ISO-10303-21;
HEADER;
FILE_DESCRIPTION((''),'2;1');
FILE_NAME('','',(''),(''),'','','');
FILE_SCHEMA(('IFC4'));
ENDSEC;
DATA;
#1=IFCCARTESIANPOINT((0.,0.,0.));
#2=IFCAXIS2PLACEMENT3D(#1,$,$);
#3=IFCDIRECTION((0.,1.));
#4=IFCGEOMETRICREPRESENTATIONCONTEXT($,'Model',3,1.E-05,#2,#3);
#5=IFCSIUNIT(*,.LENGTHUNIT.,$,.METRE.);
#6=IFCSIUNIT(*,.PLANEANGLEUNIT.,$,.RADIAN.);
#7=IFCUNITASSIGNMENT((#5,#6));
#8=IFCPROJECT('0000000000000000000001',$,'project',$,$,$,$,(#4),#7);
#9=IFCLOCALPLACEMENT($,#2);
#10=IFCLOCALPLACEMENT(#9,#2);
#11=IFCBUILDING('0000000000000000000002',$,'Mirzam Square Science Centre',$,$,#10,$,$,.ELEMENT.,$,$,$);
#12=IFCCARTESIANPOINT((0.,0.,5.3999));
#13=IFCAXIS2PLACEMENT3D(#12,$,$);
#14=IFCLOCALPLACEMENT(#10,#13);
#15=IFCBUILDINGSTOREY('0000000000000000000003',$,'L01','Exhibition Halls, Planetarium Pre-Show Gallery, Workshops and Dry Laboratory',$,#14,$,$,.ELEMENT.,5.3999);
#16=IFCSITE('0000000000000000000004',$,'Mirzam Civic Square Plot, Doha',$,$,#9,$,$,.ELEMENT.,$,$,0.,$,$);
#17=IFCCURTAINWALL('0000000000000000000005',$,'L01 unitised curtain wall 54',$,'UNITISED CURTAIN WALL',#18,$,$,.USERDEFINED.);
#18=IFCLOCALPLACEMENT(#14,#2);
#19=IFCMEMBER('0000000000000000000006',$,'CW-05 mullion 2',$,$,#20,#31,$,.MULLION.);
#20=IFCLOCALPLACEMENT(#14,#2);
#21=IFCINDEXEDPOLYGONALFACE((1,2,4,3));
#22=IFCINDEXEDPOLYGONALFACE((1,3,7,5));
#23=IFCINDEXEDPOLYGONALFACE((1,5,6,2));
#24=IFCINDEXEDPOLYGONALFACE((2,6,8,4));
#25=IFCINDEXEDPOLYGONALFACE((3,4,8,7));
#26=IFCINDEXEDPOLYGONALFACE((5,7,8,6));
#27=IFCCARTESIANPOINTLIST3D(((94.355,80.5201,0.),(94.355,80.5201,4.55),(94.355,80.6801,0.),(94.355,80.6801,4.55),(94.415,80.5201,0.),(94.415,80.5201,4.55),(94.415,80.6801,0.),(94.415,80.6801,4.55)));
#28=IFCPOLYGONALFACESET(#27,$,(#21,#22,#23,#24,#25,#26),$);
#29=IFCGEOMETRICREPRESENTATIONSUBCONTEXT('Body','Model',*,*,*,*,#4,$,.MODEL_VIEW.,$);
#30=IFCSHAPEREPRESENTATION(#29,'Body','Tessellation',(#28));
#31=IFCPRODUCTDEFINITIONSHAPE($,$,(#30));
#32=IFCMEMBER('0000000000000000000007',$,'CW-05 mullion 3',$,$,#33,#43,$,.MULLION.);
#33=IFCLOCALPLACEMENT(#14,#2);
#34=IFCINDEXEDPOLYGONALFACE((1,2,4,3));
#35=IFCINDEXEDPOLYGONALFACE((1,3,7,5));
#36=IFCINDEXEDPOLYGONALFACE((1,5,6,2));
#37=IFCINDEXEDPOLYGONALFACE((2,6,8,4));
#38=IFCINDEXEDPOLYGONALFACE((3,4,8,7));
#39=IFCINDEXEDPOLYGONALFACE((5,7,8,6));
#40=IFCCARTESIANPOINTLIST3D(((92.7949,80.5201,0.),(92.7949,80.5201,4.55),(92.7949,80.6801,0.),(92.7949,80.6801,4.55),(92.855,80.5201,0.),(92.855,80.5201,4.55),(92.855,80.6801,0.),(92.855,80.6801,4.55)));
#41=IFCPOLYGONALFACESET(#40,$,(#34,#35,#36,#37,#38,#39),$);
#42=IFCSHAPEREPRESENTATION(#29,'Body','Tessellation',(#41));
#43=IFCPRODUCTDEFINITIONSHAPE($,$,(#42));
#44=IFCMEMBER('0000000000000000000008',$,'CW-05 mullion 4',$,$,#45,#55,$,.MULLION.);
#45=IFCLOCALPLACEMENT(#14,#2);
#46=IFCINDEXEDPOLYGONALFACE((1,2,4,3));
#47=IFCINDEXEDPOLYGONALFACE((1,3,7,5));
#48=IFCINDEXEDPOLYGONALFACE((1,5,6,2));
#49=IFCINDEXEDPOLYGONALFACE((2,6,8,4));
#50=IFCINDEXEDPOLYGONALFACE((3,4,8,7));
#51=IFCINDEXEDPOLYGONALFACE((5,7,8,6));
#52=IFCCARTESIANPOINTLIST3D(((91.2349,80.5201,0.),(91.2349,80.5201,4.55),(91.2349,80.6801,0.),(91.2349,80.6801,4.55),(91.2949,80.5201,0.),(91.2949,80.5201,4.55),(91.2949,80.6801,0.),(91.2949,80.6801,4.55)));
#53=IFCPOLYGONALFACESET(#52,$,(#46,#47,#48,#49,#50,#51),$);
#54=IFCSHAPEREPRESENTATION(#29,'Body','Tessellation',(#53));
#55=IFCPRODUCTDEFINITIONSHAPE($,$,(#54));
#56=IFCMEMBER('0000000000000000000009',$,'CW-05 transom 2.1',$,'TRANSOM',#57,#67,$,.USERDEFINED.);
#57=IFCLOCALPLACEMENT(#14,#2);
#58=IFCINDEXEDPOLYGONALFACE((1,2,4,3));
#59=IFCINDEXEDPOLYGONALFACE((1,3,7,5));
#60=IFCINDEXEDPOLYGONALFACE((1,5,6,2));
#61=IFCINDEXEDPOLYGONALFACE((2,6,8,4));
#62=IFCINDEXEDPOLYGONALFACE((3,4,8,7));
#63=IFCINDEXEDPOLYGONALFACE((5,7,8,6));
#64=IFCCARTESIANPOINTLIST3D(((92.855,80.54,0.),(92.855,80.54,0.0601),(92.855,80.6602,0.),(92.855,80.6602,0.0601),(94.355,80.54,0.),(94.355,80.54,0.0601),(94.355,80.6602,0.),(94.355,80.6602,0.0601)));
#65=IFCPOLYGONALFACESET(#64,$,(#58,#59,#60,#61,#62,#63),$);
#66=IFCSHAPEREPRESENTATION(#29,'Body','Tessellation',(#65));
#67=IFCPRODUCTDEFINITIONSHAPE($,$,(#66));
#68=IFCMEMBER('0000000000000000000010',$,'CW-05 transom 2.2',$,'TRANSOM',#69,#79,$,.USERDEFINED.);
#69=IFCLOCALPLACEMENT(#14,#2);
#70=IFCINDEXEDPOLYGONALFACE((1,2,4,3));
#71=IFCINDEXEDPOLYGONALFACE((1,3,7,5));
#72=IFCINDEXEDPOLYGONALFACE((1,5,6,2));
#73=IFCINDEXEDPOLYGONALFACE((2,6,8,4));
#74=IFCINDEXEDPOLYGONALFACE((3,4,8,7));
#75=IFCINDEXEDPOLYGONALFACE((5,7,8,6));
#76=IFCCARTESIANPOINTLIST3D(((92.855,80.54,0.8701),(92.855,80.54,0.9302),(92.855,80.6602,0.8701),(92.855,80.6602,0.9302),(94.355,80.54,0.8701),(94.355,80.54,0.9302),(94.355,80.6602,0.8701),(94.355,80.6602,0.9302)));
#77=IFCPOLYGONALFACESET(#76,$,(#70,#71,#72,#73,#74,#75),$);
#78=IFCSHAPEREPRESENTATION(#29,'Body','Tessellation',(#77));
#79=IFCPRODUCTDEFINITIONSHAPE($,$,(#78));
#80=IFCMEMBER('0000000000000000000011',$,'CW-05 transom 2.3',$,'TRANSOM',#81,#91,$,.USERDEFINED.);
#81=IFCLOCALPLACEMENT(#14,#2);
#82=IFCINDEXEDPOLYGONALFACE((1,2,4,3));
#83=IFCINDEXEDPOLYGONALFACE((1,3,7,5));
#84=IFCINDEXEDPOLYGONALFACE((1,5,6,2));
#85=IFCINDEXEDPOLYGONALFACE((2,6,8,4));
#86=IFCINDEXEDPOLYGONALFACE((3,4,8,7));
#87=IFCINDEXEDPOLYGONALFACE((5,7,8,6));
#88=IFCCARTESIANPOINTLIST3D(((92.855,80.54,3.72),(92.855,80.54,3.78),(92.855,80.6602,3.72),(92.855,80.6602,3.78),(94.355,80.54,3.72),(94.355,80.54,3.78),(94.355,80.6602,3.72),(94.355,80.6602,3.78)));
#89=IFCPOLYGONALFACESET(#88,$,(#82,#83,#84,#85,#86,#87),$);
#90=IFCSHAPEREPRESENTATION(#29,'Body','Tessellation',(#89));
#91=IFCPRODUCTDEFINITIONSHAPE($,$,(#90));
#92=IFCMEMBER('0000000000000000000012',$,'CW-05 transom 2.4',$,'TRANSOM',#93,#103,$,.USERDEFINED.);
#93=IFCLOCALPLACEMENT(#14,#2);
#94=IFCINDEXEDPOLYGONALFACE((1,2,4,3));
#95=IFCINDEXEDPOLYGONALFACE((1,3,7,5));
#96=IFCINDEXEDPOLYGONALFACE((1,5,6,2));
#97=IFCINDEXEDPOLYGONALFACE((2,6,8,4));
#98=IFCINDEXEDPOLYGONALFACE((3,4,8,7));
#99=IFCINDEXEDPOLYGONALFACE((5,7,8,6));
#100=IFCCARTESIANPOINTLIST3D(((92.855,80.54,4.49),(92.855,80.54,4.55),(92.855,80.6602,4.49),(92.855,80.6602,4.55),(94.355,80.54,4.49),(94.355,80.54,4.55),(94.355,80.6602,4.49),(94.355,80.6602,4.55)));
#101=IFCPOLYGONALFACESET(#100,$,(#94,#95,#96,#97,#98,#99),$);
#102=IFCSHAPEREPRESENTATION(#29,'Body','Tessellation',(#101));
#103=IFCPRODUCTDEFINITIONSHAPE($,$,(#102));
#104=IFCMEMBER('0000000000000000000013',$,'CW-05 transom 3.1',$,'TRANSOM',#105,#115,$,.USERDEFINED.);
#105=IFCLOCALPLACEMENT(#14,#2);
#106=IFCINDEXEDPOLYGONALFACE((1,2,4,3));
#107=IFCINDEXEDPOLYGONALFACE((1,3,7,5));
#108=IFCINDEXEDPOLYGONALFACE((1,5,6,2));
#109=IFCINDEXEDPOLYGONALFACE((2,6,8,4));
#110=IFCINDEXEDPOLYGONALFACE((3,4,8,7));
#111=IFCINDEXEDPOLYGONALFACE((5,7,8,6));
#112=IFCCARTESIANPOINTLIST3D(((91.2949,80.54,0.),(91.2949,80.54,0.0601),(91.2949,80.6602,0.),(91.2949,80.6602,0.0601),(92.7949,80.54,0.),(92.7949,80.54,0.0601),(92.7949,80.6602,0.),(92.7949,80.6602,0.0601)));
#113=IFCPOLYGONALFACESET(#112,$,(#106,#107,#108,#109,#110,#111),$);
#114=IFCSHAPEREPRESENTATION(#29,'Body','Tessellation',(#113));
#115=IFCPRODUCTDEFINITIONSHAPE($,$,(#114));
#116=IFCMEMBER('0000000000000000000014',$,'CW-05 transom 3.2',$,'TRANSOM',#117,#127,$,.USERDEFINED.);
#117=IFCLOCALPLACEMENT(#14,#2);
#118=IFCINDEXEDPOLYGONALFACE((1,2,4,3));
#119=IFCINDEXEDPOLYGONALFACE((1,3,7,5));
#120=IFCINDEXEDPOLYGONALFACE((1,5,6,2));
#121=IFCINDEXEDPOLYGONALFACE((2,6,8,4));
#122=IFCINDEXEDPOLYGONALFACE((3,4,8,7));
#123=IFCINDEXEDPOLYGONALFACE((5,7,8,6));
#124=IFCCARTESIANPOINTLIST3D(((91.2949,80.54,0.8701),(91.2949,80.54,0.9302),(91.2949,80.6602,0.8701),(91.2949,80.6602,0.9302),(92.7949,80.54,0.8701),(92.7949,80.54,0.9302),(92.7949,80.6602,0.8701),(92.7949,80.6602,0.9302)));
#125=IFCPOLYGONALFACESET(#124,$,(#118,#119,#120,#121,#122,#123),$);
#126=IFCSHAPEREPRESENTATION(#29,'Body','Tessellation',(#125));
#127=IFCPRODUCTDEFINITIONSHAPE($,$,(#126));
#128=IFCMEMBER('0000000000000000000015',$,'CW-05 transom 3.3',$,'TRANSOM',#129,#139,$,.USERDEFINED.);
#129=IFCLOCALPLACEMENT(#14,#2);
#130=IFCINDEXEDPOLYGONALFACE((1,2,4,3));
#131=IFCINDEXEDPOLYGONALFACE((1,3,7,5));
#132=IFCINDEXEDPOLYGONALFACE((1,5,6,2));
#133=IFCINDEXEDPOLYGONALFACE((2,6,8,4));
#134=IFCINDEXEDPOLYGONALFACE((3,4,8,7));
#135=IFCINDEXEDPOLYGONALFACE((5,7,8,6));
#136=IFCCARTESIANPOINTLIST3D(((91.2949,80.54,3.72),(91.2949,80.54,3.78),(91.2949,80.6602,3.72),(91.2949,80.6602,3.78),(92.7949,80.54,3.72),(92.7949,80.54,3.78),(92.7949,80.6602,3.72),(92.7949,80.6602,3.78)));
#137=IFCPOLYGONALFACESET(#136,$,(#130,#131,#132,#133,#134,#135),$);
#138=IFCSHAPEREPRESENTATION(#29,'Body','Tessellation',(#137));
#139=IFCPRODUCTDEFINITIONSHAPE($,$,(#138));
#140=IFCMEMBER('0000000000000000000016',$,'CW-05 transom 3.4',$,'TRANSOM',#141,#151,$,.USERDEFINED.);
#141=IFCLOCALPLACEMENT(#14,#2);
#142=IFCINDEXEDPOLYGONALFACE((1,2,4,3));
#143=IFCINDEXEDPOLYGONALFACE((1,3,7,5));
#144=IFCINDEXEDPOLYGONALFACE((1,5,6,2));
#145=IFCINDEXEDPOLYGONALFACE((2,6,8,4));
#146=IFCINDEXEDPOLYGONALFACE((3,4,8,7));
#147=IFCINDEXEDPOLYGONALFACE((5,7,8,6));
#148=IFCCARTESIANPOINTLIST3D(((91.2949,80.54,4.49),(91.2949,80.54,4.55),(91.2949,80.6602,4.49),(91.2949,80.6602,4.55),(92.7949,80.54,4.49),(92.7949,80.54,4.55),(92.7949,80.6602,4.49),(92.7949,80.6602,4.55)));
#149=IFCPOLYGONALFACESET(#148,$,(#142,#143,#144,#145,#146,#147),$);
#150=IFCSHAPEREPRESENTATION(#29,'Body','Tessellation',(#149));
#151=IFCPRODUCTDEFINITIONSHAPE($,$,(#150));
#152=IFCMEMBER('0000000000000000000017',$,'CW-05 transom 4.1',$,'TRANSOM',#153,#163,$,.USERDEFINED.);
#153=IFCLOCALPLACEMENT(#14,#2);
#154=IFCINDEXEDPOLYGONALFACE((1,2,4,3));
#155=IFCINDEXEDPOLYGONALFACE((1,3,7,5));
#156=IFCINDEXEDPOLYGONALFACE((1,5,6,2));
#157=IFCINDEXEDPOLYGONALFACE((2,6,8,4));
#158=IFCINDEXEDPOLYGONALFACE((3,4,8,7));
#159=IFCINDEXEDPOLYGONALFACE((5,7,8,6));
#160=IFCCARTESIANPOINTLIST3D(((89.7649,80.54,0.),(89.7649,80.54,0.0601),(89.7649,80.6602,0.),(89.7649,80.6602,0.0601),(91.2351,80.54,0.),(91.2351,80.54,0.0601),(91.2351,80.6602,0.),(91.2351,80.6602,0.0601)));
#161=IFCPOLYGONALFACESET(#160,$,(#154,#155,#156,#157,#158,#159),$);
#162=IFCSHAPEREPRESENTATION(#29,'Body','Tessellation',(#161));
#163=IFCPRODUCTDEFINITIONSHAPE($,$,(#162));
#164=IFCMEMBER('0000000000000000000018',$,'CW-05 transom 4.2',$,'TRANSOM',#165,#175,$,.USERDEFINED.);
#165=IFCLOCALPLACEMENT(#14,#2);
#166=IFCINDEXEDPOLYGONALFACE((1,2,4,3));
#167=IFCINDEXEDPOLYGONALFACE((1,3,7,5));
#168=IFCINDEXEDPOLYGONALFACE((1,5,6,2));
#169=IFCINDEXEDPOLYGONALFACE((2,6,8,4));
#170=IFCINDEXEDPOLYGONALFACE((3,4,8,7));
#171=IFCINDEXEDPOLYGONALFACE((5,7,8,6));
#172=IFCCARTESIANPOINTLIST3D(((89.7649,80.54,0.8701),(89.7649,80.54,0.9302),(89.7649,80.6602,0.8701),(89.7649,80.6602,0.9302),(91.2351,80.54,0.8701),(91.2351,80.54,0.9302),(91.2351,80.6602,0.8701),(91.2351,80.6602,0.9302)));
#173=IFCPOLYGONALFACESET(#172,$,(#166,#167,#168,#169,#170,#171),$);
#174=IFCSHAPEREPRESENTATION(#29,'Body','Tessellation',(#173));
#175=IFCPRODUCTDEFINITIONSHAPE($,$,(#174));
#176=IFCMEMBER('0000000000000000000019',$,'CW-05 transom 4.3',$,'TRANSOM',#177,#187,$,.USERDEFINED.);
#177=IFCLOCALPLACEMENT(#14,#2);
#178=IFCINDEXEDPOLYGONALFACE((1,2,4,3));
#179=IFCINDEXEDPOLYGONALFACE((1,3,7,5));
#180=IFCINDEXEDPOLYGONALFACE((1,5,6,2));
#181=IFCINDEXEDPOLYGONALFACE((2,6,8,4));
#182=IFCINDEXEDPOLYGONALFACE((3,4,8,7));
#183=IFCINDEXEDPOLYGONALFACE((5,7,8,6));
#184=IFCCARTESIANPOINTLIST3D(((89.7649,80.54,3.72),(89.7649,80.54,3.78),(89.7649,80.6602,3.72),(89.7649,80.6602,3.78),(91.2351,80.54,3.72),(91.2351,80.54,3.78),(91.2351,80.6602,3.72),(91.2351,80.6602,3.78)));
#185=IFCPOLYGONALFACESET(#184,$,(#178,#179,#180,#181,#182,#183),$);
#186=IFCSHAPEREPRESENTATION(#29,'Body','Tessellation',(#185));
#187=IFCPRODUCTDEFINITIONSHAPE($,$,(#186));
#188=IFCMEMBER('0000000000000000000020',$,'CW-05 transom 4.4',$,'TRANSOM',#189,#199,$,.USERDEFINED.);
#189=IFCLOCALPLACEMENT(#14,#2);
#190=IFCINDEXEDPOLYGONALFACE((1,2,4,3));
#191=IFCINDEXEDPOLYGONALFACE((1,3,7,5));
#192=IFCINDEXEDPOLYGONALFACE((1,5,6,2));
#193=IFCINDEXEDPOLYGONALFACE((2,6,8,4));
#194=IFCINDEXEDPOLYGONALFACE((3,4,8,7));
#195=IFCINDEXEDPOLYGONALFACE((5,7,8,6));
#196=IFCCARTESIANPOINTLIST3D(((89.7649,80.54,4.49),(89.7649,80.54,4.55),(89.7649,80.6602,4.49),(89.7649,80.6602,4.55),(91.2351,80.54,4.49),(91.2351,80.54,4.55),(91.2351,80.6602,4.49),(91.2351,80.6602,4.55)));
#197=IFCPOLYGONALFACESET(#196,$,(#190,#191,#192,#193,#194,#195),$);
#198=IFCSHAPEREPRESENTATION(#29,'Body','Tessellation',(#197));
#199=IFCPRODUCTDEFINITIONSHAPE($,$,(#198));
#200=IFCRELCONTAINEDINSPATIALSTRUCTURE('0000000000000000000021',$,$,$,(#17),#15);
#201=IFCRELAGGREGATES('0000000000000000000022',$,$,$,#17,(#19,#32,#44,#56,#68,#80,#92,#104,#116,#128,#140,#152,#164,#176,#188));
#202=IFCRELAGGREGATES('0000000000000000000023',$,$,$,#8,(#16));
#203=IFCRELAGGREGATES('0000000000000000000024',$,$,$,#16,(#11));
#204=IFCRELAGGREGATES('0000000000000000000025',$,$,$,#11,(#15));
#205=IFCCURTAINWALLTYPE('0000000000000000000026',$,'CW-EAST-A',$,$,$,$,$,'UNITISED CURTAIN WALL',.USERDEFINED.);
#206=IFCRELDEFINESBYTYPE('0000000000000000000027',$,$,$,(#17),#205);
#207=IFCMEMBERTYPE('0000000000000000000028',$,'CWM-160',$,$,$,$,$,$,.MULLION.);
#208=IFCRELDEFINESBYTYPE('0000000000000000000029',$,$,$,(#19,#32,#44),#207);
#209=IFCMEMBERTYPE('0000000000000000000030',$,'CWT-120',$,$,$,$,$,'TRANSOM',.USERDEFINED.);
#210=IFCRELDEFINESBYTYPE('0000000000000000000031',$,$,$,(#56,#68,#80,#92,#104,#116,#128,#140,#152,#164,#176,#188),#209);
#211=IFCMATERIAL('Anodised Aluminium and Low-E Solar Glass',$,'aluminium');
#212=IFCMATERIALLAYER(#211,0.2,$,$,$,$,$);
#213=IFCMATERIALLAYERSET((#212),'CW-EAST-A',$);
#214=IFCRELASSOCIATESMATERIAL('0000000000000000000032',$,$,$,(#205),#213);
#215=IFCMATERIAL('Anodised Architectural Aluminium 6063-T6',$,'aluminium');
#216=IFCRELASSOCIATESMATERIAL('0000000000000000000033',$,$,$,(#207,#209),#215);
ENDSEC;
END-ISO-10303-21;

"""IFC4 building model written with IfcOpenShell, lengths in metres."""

from ifc_helpers import new_model, si_unit, direction, frame, origin, origin_2d, place, context, subcontext, project, spatial, rectangle, extrude, material, layer, layer_set, material_profile, profile_set, type_object, element, aggregate, save


model = new_model("IFC4")

# Units and contexts
model_context = context("Model", 3, precision=1e-05, world=origin(), true_north=direction((0.0, 1.0)))
body_context = subcontext(model_context, "Body", "Model", "MODEL_VIEW")
ifc_project = project(units=[si_unit("LENGTHUNIT", "METRE"), si_unit("PLANEANGLEUNIT", "RADIAN")], contexts=[model_context])

# Site, building, storey
site_placement = place(None, origin())
site = spatial("IfcSite", under=ifc_project, at=site_placement, Name="Mirzam Civic Square Plot, Doha", CompositionType="ELEMENT", RefElevation=0.0)
building_placement = place(site_placement, origin())
building = spatial("IfcBuilding", under=site, at=building_placement, Name="Mirzam Square Science Centre", CompositionType="ELEMENT")
storey_placement = place(building_placement, frame((0.0, 0.0, 5.3999)))
storey = spatial("IfcBuildingStorey", under=building, at=storey_placement, Name="L01", Description="Exhibition Halls, Planetarium Pre-Show Gallery, Workshops and Dry Laboratory", CompositionType="ELEMENT", Elevation=5.3999)

# Curtain wall, members
ifc_material_1 = material(Name="Anodised Aluminium and Low-E Solar Glass", Category="aluminium")
ifc_layer_1 = layer(ifc_material_1, 0.2)
ifc_layer_set_1 = layer_set([ifc_layer_1], Name="CW-EAST-A")
curtain_wall_type = type_object("IfcCurtainWallType", Name="CW-EAST-A", ElementType="UNITISED CURTAIN WALL", PredefinedType="USERDEFINED", material=ifc_layer_set_1)
curtain_wall_placement = place(storey_placement, origin())
curtain_wall = element("IfcCurtainWall", 1, at=curtain_wall_placement, inside=storey, type_object=curtain_wall_type, Name="L01 unitised curtain wall 54", ObjectType="UNITISED CURTAIN WALL", PredefinedType="USERDEFINED")
ifc_material_2 = material(Name="Anodised Architectural Aluminium 6063-T6", Category="aluminium")
ifc_material_profile_1 = material_profile(ifc_material_2, rectangle(XDim=0.0601, YDim=0.1599, at=origin_2d()), Name="ALU-MULL-160x60x4")
ifc_profile_set_1 = profile_set([ifc_material_profile_1], Name="Anodised Architectural Aluminium 6063-T6")
member_type_1 = type_object("IfcMemberType", Name="CWM-160", PredefinedType="MULLION", material=ifc_profile_set_1)
member_1_placement = place(storey_placement, frame((94.385, 80.6001, 0.0), z_axis=(0.0, 0.0, 1.0), x_axis=(-1.0, 0.0, 0.0)))
member_1 = element("IfcMember", 2, at=member_1_placement, type_object=member_type_1, Name="CW-05 mullion 2", PredefinedType="MULLION", context=body_context, shape_type="SweptSolid", body=[
    extrude(rectangle(XDim=0.0601, YDim=0.1599, at=origin_2d()), origin(), (0.0, 0.0, 1.0), 4.55),
])
member_2_placement = place(storey_placement, frame((92.825, 80.6001, 0.0), z_axis=(0.0, 0.0, 1.0), x_axis=(-1.0, 0.0, 0.0)))
member_2 = element("IfcMember", 3, at=member_2_placement, type_object=member_type_1, Name="CW-05 mullion 3", PredefinedType="MULLION", context=body_context, shape_type="SweptSolid", body=[
    extrude(rectangle(XDim=0.0601, YDim=0.1599, at=origin_2d()), origin(), (0.0, 0.0, 1.0), 4.55),
])
member_3_placement = place(storey_placement, frame((91.2649, 80.6001, 0.0), z_axis=(0.0, 0.0, 1.0), x_axis=(-1.0, 0.0, 0.0)))
member_3 = element("IfcMember", 4, at=member_3_placement, type_object=member_type_1, Name="CW-05 mullion 4", PredefinedType="MULLION", context=body_context, shape_type="SweptSolid", body=[
    extrude(rectangle(XDim=0.0601, YDim=0.1599, at=origin_2d()), origin(), (0.0, 0.0, 1.0), 4.55),
])
ifc_material_profile_2 = material_profile(ifc_material_2, rectangle(XDim=0.1201, YDim=0.0601, at=origin_2d()), Name="ALU-TRAN-120x60x4")
ifc_profile_set_2 = profile_set([ifc_material_profile_2], Name="Anodised Architectural Aluminium 6063-T6")
member_type_2 = type_object("IfcMemberType", Name="CWT-120", ElementType="TRANSOM", PredefinedType="USERDEFINED", material=ifc_profile_set_2)
member_4_placement = place(storey_placement, frame((94.355, 80.6001, 0.03), z_axis=(-1.0, 0.0, 0.0), x_axis=(0.0, -1.0, 0.0)))
member_4 = element("IfcMember", 5, at=member_4_placement, type_object=member_type_2, Name="CW-05 transom 2.1", ObjectType="TRANSOM", PredefinedType="USERDEFINED", context=body_context, shape_type="SweptSolid", body=[
    extrude(rectangle(XDim=0.1201, YDim=0.0601, at=origin_2d()), origin(), (0.0, 0.0, 1.0), 1.5),
])
member_5_placement = place(storey_placement, frame((94.355, 80.6001, 0.9001), z_axis=(-1.0, 0.0, 0.0), x_axis=(0.0, -1.0, 0.0)))
member_5 = element("IfcMember", 6, at=member_5_placement, type_object=member_type_2, Name="CW-05 transom 2.2", ObjectType="TRANSOM", PredefinedType="USERDEFINED", context=body_context, shape_type="SweptSolid", body=[
    extrude(rectangle(XDim=0.1201, YDim=0.0601, at=origin_2d()), origin(), (0.0, 0.0, 1.0), 1.5),
])
member_6_placement = place(storey_placement, frame((94.355, 80.6001, 3.75), z_axis=(-1.0, 0.0, 0.0), x_axis=(0.0, -1.0, 0.0)))
member_6 = element("IfcMember", 7, at=member_6_placement, type_object=member_type_2, Name="CW-05 transom 2.3", ObjectType="TRANSOM", PredefinedType="USERDEFINED", context=body_context, shape_type="SweptSolid", body=[
    extrude(rectangle(XDim=0.1201, YDim=0.0601, at=origin_2d()), origin(), (0.0, 0.0, 1.0), 1.5),
])
member_7_placement = place(storey_placement, frame((94.355, 80.6001, 4.52), z_axis=(-1.0, 0.0, 0.0), x_axis=(0.0, -1.0, 0.0)))
member_7 = element("IfcMember", 8, at=member_7_placement, type_object=member_type_2, Name="CW-05 transom 2.4", ObjectType="TRANSOM", PredefinedType="USERDEFINED", context=body_context, shape_type="SweptSolid", body=[
    extrude(rectangle(XDim=0.1201, YDim=0.0601, at=origin_2d()), origin(), (0.0, 0.0, 1.0), 1.5),
])
member_8_placement = place(storey_placement, frame((92.7949, 80.6001, 0.03), z_axis=(-1.0, 0.0, 0.0), x_axis=(0.0, -1.0, 0.0)))
member_8 = element("IfcMember", 9, at=member_8_placement, type_object=member_type_2, Name="CW-05 transom 3.1", ObjectType="TRANSOM", PredefinedType="USERDEFINED", context=body_context, shape_type="SweptSolid", body=[
    extrude(rectangle(XDim=0.1201, YDim=0.0601, at=origin_2d()), origin(), (0.0, 0.0, 1.0), 1.5),
])
member_9_placement = place(storey_placement, frame((92.7949, 80.6001, 0.9001), z_axis=(-1.0, 0.0, 0.0), x_axis=(0.0, -1.0, 0.0)))
member_9 = element("IfcMember", 10, at=member_9_placement, type_object=member_type_2, Name="CW-05 transom 3.2", ObjectType="TRANSOM", PredefinedType="USERDEFINED", context=body_context, shape_type="SweptSolid", body=[
    extrude(rectangle(XDim=0.1201, YDim=0.0601, at=origin_2d()), origin(), (0.0, 0.0, 1.0), 1.5),
])
member_10_placement = place(storey_placement, frame((92.7949, 80.6001, 3.75), z_axis=(-1.0, 0.0, 0.0), x_axis=(0.0, -1.0, 0.0)))
member_10 = element("IfcMember", 11, at=member_10_placement, type_object=member_type_2, Name="CW-05 transom 3.3", ObjectType="TRANSOM", PredefinedType="USERDEFINED", context=body_context, shape_type="SweptSolid", body=[
    extrude(rectangle(XDim=0.1201, YDim=0.0601, at=origin_2d()), origin(), (0.0, 0.0, 1.0), 1.5),
])
member_11_placement = place(storey_placement, frame((92.7949, 80.6001, 4.52), z_axis=(-1.0, 0.0, 0.0), x_axis=(0.0, -1.0, 0.0)))
member_11 = element("IfcMember", 12, at=member_11_placement, type_object=member_type_2, Name="CW-05 transom 3.4", ObjectType="TRANSOM", PredefinedType="USERDEFINED", context=body_context, shape_type="SweptSolid", body=[
    extrude(rectangle(XDim=0.1201, YDim=0.0601, at=origin_2d()), origin(), (0.0, 0.0, 1.0), 1.5),
])
member_12_placement = place(storey_placement, frame((91.2351, 80.6001, 0.03), z_axis=(-1.0, 0.0, 0.0), x_axis=(0.0, -1.0, 0.0)))
member_12 = element("IfcMember", 13, at=member_12_placement, type_object=member_type_2, Name="CW-05 transom 4.1", ObjectType="TRANSOM", PredefinedType="USERDEFINED", context=body_context, shape_type="SweptSolid", body=[
    extrude(rectangle(XDim=0.1201, YDim=0.0601, at=origin_2d()), origin(), (0.0, 0.0, 1.0), 1.4702),
])
member_13_placement = place(storey_placement, frame((91.2351, 80.6001, 0.9001), z_axis=(-1.0, 0.0, 0.0), x_axis=(0.0, -1.0, 0.0)))
member_13 = element("IfcMember", 14, at=member_13_placement, type_object=member_type_2, Name="CW-05 transom 4.2", ObjectType="TRANSOM", PredefinedType="USERDEFINED", context=body_context, shape_type="SweptSolid", body=[
    extrude(rectangle(XDim=0.1201, YDim=0.0601, at=origin_2d()), origin(), (0.0, 0.0, 1.0), 1.4702),
])
member_14_placement = place(storey_placement, frame((91.2351, 80.6001, 3.75), z_axis=(-1.0, 0.0, 0.0), x_axis=(0.0, -1.0, 0.0)))
member_14 = element("IfcMember", 15, at=member_14_placement, type_object=member_type_2, Name="CW-05 transom 4.3", ObjectType="TRANSOM", PredefinedType="USERDEFINED", context=body_context, shape_type="SweptSolid", body=[
    extrude(rectangle(XDim=0.1201, YDim=0.0601, at=origin_2d()), origin(), (0.0, 0.0, 1.0), 1.4702),
])
member_15_placement = place(storey_placement, frame((91.2351, 80.6001, 4.52), z_axis=(-1.0, 0.0, 0.0), x_axis=(0.0, -1.0, 0.0)))
member_15 = element("IfcMember", 16, at=member_15_placement, type_object=member_type_2, Name="CW-05 transom 4.4", ObjectType="TRANSOM", PredefinedType="USERDEFINED", context=body_context, shape_type="SweptSolid", body=[
    extrude(rectangle(XDim=0.1201, YDim=0.0601, at=origin_2d()), origin(), (0.0, 0.0, 1.0), 1.4702),
])
aggregate(curtain_wall, [member_1, member_2, member_3, member_4, member_5, member_6, member_7, member_8, member_9, member_10, member_11, member_12, member_13, member_14, member_15])

save(model, "model.ifc")
